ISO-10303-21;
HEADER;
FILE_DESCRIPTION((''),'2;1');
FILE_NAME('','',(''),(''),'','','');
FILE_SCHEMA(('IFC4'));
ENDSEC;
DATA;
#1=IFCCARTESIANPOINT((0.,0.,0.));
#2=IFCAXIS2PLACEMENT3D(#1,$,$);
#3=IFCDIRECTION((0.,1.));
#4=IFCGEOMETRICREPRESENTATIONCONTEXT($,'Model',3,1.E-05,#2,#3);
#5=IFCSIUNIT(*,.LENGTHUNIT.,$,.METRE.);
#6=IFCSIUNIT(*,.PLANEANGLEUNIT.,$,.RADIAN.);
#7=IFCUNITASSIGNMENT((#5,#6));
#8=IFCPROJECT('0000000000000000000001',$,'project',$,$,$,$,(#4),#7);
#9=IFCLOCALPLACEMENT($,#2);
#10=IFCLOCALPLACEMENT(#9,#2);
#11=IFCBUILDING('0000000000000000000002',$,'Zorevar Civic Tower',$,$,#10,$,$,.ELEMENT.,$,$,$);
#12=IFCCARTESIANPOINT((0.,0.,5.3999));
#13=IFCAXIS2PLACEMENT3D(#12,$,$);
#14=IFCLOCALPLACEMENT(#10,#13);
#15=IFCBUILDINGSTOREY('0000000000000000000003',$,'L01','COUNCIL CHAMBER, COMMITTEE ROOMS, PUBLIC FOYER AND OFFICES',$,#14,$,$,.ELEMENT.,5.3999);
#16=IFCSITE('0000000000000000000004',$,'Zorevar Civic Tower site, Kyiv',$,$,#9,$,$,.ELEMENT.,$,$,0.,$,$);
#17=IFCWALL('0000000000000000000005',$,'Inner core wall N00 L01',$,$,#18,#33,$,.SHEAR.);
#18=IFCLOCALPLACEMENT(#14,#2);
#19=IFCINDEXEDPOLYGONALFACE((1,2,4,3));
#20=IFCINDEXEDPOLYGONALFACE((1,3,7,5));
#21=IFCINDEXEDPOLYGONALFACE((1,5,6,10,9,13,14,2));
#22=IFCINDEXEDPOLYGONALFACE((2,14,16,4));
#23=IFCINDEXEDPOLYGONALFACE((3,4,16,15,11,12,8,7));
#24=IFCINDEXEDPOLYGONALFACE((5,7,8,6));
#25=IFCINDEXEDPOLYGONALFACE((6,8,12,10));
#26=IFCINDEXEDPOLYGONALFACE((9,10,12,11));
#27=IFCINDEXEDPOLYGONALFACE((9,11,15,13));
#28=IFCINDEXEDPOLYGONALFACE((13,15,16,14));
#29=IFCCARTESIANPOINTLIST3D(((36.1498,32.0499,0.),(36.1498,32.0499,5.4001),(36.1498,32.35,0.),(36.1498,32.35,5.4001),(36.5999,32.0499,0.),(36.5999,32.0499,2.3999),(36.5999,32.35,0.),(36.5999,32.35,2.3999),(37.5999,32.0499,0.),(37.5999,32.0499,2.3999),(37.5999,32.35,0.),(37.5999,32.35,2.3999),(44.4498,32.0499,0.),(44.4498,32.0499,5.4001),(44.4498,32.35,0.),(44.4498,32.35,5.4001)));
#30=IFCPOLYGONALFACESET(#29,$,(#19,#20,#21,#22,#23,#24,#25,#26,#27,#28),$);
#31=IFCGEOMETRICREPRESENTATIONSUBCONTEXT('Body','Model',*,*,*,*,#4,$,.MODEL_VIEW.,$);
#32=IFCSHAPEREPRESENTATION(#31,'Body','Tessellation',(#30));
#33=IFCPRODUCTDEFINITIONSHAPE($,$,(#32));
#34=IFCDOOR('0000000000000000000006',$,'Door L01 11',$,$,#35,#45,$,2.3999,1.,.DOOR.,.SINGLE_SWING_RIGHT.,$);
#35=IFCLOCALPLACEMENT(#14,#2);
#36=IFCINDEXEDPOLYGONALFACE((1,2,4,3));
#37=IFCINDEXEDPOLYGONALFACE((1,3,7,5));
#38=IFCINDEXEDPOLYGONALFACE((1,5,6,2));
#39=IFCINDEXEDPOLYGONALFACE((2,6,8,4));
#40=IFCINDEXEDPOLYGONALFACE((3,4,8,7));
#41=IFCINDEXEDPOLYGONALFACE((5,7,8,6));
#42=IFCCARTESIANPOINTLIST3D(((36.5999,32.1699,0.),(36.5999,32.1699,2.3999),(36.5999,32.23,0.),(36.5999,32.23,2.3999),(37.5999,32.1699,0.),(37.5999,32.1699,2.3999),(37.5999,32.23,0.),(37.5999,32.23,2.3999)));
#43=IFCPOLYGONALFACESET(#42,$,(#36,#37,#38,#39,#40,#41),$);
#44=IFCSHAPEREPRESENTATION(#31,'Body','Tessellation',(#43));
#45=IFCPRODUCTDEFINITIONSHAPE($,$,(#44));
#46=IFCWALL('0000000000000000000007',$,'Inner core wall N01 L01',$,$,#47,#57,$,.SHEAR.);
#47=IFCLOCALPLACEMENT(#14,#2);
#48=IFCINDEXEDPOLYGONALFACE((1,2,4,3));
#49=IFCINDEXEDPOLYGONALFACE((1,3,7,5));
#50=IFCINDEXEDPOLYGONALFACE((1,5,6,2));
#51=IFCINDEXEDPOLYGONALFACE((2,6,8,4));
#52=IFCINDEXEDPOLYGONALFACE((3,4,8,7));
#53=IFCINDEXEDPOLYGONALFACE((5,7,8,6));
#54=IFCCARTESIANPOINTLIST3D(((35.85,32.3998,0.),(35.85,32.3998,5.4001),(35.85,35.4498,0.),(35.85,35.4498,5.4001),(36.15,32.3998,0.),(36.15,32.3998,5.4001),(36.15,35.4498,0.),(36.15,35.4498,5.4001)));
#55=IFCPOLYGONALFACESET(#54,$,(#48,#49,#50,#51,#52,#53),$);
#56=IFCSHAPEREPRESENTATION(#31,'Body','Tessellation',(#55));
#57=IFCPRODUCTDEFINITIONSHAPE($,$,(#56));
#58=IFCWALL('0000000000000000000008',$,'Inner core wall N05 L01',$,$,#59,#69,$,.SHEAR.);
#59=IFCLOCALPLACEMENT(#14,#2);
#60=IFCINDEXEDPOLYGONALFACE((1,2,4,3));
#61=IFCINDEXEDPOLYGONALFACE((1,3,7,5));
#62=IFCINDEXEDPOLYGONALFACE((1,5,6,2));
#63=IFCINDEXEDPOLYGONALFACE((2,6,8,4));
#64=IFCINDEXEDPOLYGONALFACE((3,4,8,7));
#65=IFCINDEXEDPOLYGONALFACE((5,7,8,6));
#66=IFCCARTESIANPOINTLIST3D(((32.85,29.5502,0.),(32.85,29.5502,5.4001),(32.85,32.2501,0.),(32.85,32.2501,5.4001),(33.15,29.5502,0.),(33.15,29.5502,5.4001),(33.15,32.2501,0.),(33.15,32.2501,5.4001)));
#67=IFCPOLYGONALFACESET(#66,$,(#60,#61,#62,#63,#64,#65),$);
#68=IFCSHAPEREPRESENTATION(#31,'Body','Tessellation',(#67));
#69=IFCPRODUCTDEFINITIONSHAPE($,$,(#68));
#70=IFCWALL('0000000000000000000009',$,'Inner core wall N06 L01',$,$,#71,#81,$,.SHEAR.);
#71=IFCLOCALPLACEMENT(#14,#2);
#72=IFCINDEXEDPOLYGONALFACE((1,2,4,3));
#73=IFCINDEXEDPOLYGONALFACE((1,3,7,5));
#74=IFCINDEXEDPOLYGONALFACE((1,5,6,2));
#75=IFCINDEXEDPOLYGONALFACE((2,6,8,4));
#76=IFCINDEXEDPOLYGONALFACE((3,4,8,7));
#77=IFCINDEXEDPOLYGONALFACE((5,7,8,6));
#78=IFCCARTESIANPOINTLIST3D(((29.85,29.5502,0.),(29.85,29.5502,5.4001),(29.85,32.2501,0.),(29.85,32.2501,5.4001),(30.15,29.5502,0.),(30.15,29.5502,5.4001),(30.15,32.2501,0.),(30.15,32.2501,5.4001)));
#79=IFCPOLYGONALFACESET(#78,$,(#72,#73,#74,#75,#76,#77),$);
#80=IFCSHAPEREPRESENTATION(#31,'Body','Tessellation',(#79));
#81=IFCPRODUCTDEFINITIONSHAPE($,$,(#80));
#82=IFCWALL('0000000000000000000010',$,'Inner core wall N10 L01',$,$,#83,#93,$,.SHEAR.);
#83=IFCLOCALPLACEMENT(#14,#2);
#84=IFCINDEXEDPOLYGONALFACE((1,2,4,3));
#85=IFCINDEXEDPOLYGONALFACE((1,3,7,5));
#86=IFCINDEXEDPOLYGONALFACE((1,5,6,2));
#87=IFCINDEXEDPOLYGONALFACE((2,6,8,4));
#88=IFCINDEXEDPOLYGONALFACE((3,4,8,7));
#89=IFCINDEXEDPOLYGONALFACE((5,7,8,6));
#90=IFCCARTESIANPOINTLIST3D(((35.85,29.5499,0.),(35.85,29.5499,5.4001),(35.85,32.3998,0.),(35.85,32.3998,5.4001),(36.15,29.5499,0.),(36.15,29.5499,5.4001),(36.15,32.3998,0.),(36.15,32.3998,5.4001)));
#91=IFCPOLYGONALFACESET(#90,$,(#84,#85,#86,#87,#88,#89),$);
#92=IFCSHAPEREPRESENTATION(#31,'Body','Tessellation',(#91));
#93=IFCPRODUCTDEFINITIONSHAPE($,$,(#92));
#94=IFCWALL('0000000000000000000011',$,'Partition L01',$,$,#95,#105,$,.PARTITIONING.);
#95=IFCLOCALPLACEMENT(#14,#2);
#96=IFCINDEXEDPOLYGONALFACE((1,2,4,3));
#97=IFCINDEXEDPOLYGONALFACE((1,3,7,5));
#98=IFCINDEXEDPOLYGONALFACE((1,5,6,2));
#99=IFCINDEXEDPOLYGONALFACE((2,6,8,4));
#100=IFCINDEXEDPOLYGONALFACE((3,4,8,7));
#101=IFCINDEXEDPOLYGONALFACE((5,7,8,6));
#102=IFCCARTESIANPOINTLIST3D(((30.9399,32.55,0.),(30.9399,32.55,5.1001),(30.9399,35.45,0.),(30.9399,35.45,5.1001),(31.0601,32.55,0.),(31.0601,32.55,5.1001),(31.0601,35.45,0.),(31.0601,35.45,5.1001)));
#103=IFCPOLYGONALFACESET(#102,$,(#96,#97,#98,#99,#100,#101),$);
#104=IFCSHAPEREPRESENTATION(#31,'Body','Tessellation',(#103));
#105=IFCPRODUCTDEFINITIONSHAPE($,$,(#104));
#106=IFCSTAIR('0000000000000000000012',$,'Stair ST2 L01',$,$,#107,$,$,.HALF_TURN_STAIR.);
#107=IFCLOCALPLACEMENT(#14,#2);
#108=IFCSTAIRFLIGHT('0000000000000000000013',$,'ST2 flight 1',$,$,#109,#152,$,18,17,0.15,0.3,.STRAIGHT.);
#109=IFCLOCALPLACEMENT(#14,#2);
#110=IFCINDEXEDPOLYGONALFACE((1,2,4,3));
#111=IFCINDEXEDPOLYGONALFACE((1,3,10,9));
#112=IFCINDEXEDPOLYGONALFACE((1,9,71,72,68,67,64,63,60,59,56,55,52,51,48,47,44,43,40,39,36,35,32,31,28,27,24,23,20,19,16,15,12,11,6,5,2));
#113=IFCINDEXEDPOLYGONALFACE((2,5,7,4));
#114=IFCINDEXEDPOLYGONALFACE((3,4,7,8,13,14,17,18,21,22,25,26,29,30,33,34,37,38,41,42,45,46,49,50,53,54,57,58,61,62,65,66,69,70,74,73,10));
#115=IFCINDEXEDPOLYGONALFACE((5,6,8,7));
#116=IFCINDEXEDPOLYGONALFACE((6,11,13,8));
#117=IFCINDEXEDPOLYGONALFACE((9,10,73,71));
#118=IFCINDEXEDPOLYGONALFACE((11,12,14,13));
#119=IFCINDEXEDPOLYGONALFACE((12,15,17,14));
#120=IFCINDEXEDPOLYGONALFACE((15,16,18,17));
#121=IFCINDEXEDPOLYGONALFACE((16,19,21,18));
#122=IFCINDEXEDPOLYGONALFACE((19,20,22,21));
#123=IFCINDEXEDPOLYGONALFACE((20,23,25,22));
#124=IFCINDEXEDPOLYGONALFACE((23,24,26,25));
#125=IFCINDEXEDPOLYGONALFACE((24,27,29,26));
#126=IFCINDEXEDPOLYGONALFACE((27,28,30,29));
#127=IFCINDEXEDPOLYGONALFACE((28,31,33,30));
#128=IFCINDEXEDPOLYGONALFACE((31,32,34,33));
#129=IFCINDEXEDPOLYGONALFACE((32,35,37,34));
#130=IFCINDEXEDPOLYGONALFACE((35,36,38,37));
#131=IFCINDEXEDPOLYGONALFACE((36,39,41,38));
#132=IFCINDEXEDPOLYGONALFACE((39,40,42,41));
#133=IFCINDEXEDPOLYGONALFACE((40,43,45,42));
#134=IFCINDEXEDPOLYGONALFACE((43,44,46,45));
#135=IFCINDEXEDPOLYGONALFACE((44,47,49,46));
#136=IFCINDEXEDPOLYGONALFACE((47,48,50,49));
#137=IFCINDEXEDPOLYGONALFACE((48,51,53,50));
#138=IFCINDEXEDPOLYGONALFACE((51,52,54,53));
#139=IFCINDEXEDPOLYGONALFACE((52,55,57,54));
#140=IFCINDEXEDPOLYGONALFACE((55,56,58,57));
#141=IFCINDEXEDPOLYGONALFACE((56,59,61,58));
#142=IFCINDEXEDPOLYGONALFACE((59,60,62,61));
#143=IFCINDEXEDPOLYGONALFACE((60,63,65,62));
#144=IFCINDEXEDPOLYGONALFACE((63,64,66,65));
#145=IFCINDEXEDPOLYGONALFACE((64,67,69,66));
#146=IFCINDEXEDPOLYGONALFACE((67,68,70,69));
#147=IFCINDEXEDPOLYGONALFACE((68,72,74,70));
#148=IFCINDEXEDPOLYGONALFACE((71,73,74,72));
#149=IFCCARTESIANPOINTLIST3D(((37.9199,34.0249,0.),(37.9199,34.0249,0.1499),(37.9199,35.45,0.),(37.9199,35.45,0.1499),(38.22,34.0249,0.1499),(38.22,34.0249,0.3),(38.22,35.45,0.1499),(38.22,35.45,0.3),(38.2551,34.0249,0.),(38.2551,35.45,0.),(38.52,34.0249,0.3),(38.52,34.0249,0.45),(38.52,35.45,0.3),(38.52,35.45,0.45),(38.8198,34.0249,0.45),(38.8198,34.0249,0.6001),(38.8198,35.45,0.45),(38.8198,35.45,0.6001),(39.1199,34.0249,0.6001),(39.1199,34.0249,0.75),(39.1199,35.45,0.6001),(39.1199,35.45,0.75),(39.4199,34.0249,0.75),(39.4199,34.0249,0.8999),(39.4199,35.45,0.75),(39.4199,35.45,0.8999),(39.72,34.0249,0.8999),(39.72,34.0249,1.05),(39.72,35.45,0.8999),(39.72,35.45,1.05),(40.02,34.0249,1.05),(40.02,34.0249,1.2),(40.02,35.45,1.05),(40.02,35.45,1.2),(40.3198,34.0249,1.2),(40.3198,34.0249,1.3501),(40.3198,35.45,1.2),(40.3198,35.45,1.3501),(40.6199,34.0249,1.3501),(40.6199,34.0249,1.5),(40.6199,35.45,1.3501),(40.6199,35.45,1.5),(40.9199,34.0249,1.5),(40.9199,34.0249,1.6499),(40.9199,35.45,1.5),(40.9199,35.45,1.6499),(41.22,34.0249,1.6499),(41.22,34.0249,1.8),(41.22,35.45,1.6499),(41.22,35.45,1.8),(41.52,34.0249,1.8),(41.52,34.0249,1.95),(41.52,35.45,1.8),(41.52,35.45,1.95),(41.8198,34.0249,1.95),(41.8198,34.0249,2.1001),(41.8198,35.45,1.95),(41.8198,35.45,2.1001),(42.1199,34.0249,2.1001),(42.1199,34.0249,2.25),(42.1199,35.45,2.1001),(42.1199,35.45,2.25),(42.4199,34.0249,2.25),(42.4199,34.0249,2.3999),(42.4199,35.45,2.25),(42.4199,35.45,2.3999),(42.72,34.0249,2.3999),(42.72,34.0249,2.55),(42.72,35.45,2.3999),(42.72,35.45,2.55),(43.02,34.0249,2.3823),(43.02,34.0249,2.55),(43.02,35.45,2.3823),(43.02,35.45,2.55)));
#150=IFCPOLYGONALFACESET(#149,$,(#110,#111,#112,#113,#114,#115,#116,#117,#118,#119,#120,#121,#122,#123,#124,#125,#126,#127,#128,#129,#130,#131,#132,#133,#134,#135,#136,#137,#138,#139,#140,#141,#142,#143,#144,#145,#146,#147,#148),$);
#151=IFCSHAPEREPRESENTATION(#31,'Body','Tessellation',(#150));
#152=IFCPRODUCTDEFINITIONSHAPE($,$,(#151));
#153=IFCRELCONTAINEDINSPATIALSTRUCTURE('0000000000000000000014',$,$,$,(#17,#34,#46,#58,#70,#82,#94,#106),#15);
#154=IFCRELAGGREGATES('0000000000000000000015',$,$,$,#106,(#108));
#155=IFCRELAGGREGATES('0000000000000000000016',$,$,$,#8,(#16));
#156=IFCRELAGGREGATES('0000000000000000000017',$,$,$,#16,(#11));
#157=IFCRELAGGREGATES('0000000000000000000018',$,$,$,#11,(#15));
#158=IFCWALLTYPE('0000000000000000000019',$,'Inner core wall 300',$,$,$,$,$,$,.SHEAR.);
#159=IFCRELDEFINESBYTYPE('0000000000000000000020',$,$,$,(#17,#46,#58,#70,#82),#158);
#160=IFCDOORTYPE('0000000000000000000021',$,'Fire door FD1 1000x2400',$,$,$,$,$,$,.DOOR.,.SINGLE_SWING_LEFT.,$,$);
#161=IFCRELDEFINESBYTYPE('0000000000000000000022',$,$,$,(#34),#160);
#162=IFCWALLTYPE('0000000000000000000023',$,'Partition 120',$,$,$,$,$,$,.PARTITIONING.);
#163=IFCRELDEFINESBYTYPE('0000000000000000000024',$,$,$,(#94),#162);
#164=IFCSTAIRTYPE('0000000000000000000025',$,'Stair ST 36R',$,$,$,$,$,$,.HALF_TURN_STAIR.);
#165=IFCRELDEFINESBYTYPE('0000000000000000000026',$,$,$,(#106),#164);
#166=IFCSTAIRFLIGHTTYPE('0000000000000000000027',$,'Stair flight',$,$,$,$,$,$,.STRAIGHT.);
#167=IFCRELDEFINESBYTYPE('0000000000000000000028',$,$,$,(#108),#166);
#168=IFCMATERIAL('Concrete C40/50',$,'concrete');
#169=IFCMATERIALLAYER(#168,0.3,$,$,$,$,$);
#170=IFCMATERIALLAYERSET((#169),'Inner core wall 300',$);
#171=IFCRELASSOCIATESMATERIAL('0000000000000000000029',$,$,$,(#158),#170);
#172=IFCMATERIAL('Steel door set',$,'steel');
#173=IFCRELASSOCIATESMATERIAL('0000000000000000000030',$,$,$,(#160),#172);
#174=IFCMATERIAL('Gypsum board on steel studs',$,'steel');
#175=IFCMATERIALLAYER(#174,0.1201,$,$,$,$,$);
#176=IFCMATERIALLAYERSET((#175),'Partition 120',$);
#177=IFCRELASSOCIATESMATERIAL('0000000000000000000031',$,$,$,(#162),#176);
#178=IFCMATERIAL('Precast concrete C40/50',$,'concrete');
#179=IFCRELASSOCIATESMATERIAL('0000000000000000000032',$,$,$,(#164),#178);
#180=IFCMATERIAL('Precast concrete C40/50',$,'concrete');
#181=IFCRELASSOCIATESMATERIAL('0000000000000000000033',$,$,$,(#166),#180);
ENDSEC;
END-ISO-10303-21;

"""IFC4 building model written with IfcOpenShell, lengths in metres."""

from ifc_helpers import new_model, si_unit, direction, frame, frame_2d, origin, place, context, subcontext, project, spatial, polyline, rectangle, outline, extrude, material, layer, layer_set, type_object, element, fill, aggregate, save


model = new_model("IFC4")

# Units and contexts
model_context = context("Model", 3, precision=1e-05, world=origin(), true_north=direction((0.0, 1.0)))
body_context = subcontext(model_context, "Body", "Model", "MODEL_VIEW")
ifc_project = project(units=[si_unit("LENGTHUNIT", "METRE"), si_unit("PLANEANGLEUNIT", "RADIAN")], contexts=[model_context])

# Site, building, storey
site_placement = place(None, origin())
site = spatial("IfcSite", under=ifc_project, at=site_placement, Name="Zorevar Civic Tower site, Kyiv", CompositionType="ELEMENT", RefElevation=0.0)
building_placement = place(site_placement, origin())
building = spatial("IfcBuilding", under=site, at=building_placement, Name="Zorevar Civic Tower", CompositionType="ELEMENT")
storey_placement = place(building_placement, frame((0.0, 0.0, 5.3999)))
storey = spatial("IfcBuildingStorey", under=building, at=storey_placement, Name="L01", Description="COUNCIL CHAMBER, COMMITTEE ROOMS, PUBLIC FOYER AND OFFICES", CompositionType="ELEMENT", Elevation=5.3999)

# Wall, opening, door
ifc_material_1 = material(Name="Concrete C40/50", Category="concrete")
ifc_layer_1 = layer(ifc_material_1, 0.3)
ifc_layer_set_1 = layer_set([ifc_layer_1], Name="Inner core wall 300")
wall_type_1 = type_object("IfcWallType", Name="Inner core wall 300", PredefinedType="SHEAR", material=ifc_layer_set_1)
wall_1_placement = place(storey_placement, frame((36.1499, 32.2, 0.0), z_axis=(0.0, 0.0, 1.0), x_axis=(1.0, 0.0, 0.0)))
wall_1 = element("IfcWall", 1, at=wall_1_placement, inside=storey, type_object=wall_type_1, Name="Inner core wall N00 L01", PredefinedType="SHEAR", context=body_context, shape_type="SweptSolid", body=[
    extrude(rectangle(XDim=8.3, YDim=0.3, at=frame_2d((4.1499, 0.0))), origin(), (0.0, 0.0, 1.0), 5.4001),
])
opening_1_placement = place(wall_1_placement, frame((0.45, 0.0, 0.0)))
opening_1 = element("IfcOpeningElement", 2, at=opening_1_placement, cuts=wall_1, PredefinedType="OPENING", context=body_context, shape_type="SweptSolid", body=[
    extrude(rectangle(XDim=1.0, YDim=2.3999, at=frame_2d((0.5, 1.2))), frame((0.0, 0.1599, 0.0), z_axis=(0.0, -1.0, 0.0), x_axis=(1.0, 0.0, 0.0)), (0.0, 0.0, 1.0), 0.3201),
])
ifc_material_2 = material(Name="Steel door set", Category="steel")
door_type_1 = type_object("IfcDoorType", Name="Fire door FD1 1000x2400", OperationType="SINGLE_SWING_LEFT", PredefinedType="DOOR", material=ifc_material_2)
door_1_placement = place(opening_1_placement, origin())
door_1 = element("IfcDoor", 3, at=door_1_placement, inside=storey, type_object=door_type_1, Name="Door L01 11", OperationType="SINGLE_SWING_RIGHT", OverallHeight=2.3999, OverallWidth=1.0, PredefinedType="DOOR", context=body_context, shape_type="SweptSolid", body=[
    extrude(rectangle(XDim=1.0, YDim=2.3999, at=frame_2d((0.5, 1.2))), frame((0.0, 0.03, 0.0), z_axis=(0.0, -1.0, 0.0), x_axis=(1.0, 0.0, 0.0)), (0.0, 0.0, 1.0), 0.0601),
])
fill(opening_1, door_1)

# Wall
wall_2_placement = place(storey_placement, frame((36.0, 32.3999, 0.0), z_axis=(0.0, 0.0, 1.0), x_axis=(0.0, 1.0, 0.0)))
element("IfcWall", 4, at=wall_2_placement, inside=storey, type_object=wall_type_1, Name="Inner core wall N01 L01", PredefinedType="SHEAR", context=body_context, shape_type="SweptSolid", body=[
    extrude(rectangle(XDim=3.05, YDim=0.3, at=frame_2d((1.5249, 0.0))), origin(), (0.0, 0.0, 1.0), 5.4001),
])

# Walls
for number, where, z_axis, x_axis, name in (
    (5, (33.0, 29.55, 0.0), (0.0, 0.0, 1.0), (0.0, 1.0, 0.0), "Inner core wall N05 L01"),
    (6, (30.0, 29.55, 0.0), (0.0, 0.0, 1.0), (0.0, 1.0, 0.0), "Inner core wall N06 L01"),
):
    element("IfcWall", number, at=place(storey_placement, frame(where, z_axis=z_axis, x_axis=x_axis)), inside=storey, type_object=wall_type_1, Name=name, PredefinedType="SHEAR", context=body_context, shape_type="SweptSolid", body=[
        extrude(rectangle(XDim=2.7, YDim=0.3, at=frame_2d((1.3501, 0.0))), origin(), (0.0, 0.0, 1.0), 5.4001),
    ])
wall_3_placement = place(storey_placement, frame((36.0, 29.55, 0.0), z_axis=(0.0, 0.0, 1.0), x_axis=(0.0, 1.0, 0.0)))
element("IfcWall", 7, at=wall_3_placement, inside=storey, type_object=wall_type_1, Name="Inner core wall N10 L01", PredefinedType="SHEAR", context=body_context, shape_type="SweptSolid", body=[
    extrude(rectangle(XDim=2.8499, YDim=0.3, at=frame_2d((1.4248, 0.0))), origin(), (0.0, 0.0, 1.0), 5.4001),
])
ifc_material_3 = material(Name="Gypsum board on steel studs", Category="steel")
ifc_layer_2 = layer(ifc_material_3, 0.1201)
ifc_layer_set_2 = layer_set([ifc_layer_2], Name="Partition 120")
wall_type_2 = type_object("IfcWallType", Name="Partition 120", PredefinedType="PARTITIONING", material=ifc_layer_set_2)
wall_4_placement = place(storey_placement, frame((31.0, 32.55, 0.0), z_axis=(0.0, 0.0, 1.0), x_axis=(0.0, 1.0, 0.0)))
element("IfcWall", 8, at=wall_4_placement, inside=storey, type_object=wall_type_2, Name="Partition L01", PredefinedType="PARTITIONING", context=body_context, shape_type="SweptSolid", body=[
    extrude(rectangle(XDim=2.8999, YDim=0.1201, at=frame_2d((1.45, 0.0))), origin(), (0.0, 0.0, 1.0), 5.1001),
])

# Stair, stair flight
ifc_material_4 = material(Name="Precast concrete C40/50", Category="concrete")
stair_type = type_object("IfcStairType", Name="Stair ST 36R", PredefinedType="HALF_TURN_STAIR", material=ifc_material_4)
stair_placement = place(storey_placement, origin())
stair = element("IfcStair", 9, at=stair_placement, inside=storey, type_object=stair_type, Name="Stair ST2 L01", PredefinedType="HALF_TURN_STAIR")
ifc_material_5 = material(Name="Precast concrete C40/50", Category="concrete")
stair_flight_type = type_object("IfcStairFlightType", Name="Stair flight", PredefinedType="STRAIGHT", material=ifc_material_5)
stair_flight_placement = place(storey_placement, frame((37.9199, 34.7375, 0.0), z_axis=(0.0, 0.0, 1.0), x_axis=(1.0, 0.0, 0.0)))
stair_flight = element("IfcStairFlight", 10, at=stair_flight_placement, type_object=stair_flight_type, Name="ST2 flight 1", NumberOfRisers=18, NumberOfTreads=17, PredefinedType="STRAIGHT", RiserHeight=0.15, TreadLength=0.3, context=body_context, shape_type="SweptSolid", body=[
    extrude(outline(polyline([(0.0, 0.0), (0.0, 0.1499), (0.3, 0.1499), (0.3, 0.3), (0.6001, 0.3), (0.6001, 0.45), (0.8999, 0.45), (0.8999, 0.6001), (1.2, 0.6001), (1.2, 0.75), (1.5, 0.75), (1.5, 0.8999), (1.8, 0.8999), (1.8, 1.05), (2.1001, 1.05), (2.1001, 1.2), (2.3999, 1.2), (2.3999, 1.3501), (2.7, 1.3501), (2.7, 1.5), (3.0, 1.5), (3.0, 1.6499), (3.3, 1.6499), (3.3, 1.8), (3.6001, 1.8), (3.6001, 1.95), (3.8999, 1.95), (3.8999, 2.1001), (4.2, 2.1001), (4.2, 2.25), (4.5, 2.25), (4.5, 2.3999), (4.8, 2.3999), (4.8, 2.55), (5.1001, 2.55), (5.1001, 2.7), (5.1001, 2.3823), (0.3352, 0.0), (0.0, 0.0)])), frame((0.0, 0.7124, 0.0), z_axis=(0.0, -1.0, 0.0), x_axis=(1.0, 0.0, 0.0)), (0.0, 0.0, 1.0), 1.425),
])
aggregate(stair, [stair_flight])

save(model, "model.ifc")
